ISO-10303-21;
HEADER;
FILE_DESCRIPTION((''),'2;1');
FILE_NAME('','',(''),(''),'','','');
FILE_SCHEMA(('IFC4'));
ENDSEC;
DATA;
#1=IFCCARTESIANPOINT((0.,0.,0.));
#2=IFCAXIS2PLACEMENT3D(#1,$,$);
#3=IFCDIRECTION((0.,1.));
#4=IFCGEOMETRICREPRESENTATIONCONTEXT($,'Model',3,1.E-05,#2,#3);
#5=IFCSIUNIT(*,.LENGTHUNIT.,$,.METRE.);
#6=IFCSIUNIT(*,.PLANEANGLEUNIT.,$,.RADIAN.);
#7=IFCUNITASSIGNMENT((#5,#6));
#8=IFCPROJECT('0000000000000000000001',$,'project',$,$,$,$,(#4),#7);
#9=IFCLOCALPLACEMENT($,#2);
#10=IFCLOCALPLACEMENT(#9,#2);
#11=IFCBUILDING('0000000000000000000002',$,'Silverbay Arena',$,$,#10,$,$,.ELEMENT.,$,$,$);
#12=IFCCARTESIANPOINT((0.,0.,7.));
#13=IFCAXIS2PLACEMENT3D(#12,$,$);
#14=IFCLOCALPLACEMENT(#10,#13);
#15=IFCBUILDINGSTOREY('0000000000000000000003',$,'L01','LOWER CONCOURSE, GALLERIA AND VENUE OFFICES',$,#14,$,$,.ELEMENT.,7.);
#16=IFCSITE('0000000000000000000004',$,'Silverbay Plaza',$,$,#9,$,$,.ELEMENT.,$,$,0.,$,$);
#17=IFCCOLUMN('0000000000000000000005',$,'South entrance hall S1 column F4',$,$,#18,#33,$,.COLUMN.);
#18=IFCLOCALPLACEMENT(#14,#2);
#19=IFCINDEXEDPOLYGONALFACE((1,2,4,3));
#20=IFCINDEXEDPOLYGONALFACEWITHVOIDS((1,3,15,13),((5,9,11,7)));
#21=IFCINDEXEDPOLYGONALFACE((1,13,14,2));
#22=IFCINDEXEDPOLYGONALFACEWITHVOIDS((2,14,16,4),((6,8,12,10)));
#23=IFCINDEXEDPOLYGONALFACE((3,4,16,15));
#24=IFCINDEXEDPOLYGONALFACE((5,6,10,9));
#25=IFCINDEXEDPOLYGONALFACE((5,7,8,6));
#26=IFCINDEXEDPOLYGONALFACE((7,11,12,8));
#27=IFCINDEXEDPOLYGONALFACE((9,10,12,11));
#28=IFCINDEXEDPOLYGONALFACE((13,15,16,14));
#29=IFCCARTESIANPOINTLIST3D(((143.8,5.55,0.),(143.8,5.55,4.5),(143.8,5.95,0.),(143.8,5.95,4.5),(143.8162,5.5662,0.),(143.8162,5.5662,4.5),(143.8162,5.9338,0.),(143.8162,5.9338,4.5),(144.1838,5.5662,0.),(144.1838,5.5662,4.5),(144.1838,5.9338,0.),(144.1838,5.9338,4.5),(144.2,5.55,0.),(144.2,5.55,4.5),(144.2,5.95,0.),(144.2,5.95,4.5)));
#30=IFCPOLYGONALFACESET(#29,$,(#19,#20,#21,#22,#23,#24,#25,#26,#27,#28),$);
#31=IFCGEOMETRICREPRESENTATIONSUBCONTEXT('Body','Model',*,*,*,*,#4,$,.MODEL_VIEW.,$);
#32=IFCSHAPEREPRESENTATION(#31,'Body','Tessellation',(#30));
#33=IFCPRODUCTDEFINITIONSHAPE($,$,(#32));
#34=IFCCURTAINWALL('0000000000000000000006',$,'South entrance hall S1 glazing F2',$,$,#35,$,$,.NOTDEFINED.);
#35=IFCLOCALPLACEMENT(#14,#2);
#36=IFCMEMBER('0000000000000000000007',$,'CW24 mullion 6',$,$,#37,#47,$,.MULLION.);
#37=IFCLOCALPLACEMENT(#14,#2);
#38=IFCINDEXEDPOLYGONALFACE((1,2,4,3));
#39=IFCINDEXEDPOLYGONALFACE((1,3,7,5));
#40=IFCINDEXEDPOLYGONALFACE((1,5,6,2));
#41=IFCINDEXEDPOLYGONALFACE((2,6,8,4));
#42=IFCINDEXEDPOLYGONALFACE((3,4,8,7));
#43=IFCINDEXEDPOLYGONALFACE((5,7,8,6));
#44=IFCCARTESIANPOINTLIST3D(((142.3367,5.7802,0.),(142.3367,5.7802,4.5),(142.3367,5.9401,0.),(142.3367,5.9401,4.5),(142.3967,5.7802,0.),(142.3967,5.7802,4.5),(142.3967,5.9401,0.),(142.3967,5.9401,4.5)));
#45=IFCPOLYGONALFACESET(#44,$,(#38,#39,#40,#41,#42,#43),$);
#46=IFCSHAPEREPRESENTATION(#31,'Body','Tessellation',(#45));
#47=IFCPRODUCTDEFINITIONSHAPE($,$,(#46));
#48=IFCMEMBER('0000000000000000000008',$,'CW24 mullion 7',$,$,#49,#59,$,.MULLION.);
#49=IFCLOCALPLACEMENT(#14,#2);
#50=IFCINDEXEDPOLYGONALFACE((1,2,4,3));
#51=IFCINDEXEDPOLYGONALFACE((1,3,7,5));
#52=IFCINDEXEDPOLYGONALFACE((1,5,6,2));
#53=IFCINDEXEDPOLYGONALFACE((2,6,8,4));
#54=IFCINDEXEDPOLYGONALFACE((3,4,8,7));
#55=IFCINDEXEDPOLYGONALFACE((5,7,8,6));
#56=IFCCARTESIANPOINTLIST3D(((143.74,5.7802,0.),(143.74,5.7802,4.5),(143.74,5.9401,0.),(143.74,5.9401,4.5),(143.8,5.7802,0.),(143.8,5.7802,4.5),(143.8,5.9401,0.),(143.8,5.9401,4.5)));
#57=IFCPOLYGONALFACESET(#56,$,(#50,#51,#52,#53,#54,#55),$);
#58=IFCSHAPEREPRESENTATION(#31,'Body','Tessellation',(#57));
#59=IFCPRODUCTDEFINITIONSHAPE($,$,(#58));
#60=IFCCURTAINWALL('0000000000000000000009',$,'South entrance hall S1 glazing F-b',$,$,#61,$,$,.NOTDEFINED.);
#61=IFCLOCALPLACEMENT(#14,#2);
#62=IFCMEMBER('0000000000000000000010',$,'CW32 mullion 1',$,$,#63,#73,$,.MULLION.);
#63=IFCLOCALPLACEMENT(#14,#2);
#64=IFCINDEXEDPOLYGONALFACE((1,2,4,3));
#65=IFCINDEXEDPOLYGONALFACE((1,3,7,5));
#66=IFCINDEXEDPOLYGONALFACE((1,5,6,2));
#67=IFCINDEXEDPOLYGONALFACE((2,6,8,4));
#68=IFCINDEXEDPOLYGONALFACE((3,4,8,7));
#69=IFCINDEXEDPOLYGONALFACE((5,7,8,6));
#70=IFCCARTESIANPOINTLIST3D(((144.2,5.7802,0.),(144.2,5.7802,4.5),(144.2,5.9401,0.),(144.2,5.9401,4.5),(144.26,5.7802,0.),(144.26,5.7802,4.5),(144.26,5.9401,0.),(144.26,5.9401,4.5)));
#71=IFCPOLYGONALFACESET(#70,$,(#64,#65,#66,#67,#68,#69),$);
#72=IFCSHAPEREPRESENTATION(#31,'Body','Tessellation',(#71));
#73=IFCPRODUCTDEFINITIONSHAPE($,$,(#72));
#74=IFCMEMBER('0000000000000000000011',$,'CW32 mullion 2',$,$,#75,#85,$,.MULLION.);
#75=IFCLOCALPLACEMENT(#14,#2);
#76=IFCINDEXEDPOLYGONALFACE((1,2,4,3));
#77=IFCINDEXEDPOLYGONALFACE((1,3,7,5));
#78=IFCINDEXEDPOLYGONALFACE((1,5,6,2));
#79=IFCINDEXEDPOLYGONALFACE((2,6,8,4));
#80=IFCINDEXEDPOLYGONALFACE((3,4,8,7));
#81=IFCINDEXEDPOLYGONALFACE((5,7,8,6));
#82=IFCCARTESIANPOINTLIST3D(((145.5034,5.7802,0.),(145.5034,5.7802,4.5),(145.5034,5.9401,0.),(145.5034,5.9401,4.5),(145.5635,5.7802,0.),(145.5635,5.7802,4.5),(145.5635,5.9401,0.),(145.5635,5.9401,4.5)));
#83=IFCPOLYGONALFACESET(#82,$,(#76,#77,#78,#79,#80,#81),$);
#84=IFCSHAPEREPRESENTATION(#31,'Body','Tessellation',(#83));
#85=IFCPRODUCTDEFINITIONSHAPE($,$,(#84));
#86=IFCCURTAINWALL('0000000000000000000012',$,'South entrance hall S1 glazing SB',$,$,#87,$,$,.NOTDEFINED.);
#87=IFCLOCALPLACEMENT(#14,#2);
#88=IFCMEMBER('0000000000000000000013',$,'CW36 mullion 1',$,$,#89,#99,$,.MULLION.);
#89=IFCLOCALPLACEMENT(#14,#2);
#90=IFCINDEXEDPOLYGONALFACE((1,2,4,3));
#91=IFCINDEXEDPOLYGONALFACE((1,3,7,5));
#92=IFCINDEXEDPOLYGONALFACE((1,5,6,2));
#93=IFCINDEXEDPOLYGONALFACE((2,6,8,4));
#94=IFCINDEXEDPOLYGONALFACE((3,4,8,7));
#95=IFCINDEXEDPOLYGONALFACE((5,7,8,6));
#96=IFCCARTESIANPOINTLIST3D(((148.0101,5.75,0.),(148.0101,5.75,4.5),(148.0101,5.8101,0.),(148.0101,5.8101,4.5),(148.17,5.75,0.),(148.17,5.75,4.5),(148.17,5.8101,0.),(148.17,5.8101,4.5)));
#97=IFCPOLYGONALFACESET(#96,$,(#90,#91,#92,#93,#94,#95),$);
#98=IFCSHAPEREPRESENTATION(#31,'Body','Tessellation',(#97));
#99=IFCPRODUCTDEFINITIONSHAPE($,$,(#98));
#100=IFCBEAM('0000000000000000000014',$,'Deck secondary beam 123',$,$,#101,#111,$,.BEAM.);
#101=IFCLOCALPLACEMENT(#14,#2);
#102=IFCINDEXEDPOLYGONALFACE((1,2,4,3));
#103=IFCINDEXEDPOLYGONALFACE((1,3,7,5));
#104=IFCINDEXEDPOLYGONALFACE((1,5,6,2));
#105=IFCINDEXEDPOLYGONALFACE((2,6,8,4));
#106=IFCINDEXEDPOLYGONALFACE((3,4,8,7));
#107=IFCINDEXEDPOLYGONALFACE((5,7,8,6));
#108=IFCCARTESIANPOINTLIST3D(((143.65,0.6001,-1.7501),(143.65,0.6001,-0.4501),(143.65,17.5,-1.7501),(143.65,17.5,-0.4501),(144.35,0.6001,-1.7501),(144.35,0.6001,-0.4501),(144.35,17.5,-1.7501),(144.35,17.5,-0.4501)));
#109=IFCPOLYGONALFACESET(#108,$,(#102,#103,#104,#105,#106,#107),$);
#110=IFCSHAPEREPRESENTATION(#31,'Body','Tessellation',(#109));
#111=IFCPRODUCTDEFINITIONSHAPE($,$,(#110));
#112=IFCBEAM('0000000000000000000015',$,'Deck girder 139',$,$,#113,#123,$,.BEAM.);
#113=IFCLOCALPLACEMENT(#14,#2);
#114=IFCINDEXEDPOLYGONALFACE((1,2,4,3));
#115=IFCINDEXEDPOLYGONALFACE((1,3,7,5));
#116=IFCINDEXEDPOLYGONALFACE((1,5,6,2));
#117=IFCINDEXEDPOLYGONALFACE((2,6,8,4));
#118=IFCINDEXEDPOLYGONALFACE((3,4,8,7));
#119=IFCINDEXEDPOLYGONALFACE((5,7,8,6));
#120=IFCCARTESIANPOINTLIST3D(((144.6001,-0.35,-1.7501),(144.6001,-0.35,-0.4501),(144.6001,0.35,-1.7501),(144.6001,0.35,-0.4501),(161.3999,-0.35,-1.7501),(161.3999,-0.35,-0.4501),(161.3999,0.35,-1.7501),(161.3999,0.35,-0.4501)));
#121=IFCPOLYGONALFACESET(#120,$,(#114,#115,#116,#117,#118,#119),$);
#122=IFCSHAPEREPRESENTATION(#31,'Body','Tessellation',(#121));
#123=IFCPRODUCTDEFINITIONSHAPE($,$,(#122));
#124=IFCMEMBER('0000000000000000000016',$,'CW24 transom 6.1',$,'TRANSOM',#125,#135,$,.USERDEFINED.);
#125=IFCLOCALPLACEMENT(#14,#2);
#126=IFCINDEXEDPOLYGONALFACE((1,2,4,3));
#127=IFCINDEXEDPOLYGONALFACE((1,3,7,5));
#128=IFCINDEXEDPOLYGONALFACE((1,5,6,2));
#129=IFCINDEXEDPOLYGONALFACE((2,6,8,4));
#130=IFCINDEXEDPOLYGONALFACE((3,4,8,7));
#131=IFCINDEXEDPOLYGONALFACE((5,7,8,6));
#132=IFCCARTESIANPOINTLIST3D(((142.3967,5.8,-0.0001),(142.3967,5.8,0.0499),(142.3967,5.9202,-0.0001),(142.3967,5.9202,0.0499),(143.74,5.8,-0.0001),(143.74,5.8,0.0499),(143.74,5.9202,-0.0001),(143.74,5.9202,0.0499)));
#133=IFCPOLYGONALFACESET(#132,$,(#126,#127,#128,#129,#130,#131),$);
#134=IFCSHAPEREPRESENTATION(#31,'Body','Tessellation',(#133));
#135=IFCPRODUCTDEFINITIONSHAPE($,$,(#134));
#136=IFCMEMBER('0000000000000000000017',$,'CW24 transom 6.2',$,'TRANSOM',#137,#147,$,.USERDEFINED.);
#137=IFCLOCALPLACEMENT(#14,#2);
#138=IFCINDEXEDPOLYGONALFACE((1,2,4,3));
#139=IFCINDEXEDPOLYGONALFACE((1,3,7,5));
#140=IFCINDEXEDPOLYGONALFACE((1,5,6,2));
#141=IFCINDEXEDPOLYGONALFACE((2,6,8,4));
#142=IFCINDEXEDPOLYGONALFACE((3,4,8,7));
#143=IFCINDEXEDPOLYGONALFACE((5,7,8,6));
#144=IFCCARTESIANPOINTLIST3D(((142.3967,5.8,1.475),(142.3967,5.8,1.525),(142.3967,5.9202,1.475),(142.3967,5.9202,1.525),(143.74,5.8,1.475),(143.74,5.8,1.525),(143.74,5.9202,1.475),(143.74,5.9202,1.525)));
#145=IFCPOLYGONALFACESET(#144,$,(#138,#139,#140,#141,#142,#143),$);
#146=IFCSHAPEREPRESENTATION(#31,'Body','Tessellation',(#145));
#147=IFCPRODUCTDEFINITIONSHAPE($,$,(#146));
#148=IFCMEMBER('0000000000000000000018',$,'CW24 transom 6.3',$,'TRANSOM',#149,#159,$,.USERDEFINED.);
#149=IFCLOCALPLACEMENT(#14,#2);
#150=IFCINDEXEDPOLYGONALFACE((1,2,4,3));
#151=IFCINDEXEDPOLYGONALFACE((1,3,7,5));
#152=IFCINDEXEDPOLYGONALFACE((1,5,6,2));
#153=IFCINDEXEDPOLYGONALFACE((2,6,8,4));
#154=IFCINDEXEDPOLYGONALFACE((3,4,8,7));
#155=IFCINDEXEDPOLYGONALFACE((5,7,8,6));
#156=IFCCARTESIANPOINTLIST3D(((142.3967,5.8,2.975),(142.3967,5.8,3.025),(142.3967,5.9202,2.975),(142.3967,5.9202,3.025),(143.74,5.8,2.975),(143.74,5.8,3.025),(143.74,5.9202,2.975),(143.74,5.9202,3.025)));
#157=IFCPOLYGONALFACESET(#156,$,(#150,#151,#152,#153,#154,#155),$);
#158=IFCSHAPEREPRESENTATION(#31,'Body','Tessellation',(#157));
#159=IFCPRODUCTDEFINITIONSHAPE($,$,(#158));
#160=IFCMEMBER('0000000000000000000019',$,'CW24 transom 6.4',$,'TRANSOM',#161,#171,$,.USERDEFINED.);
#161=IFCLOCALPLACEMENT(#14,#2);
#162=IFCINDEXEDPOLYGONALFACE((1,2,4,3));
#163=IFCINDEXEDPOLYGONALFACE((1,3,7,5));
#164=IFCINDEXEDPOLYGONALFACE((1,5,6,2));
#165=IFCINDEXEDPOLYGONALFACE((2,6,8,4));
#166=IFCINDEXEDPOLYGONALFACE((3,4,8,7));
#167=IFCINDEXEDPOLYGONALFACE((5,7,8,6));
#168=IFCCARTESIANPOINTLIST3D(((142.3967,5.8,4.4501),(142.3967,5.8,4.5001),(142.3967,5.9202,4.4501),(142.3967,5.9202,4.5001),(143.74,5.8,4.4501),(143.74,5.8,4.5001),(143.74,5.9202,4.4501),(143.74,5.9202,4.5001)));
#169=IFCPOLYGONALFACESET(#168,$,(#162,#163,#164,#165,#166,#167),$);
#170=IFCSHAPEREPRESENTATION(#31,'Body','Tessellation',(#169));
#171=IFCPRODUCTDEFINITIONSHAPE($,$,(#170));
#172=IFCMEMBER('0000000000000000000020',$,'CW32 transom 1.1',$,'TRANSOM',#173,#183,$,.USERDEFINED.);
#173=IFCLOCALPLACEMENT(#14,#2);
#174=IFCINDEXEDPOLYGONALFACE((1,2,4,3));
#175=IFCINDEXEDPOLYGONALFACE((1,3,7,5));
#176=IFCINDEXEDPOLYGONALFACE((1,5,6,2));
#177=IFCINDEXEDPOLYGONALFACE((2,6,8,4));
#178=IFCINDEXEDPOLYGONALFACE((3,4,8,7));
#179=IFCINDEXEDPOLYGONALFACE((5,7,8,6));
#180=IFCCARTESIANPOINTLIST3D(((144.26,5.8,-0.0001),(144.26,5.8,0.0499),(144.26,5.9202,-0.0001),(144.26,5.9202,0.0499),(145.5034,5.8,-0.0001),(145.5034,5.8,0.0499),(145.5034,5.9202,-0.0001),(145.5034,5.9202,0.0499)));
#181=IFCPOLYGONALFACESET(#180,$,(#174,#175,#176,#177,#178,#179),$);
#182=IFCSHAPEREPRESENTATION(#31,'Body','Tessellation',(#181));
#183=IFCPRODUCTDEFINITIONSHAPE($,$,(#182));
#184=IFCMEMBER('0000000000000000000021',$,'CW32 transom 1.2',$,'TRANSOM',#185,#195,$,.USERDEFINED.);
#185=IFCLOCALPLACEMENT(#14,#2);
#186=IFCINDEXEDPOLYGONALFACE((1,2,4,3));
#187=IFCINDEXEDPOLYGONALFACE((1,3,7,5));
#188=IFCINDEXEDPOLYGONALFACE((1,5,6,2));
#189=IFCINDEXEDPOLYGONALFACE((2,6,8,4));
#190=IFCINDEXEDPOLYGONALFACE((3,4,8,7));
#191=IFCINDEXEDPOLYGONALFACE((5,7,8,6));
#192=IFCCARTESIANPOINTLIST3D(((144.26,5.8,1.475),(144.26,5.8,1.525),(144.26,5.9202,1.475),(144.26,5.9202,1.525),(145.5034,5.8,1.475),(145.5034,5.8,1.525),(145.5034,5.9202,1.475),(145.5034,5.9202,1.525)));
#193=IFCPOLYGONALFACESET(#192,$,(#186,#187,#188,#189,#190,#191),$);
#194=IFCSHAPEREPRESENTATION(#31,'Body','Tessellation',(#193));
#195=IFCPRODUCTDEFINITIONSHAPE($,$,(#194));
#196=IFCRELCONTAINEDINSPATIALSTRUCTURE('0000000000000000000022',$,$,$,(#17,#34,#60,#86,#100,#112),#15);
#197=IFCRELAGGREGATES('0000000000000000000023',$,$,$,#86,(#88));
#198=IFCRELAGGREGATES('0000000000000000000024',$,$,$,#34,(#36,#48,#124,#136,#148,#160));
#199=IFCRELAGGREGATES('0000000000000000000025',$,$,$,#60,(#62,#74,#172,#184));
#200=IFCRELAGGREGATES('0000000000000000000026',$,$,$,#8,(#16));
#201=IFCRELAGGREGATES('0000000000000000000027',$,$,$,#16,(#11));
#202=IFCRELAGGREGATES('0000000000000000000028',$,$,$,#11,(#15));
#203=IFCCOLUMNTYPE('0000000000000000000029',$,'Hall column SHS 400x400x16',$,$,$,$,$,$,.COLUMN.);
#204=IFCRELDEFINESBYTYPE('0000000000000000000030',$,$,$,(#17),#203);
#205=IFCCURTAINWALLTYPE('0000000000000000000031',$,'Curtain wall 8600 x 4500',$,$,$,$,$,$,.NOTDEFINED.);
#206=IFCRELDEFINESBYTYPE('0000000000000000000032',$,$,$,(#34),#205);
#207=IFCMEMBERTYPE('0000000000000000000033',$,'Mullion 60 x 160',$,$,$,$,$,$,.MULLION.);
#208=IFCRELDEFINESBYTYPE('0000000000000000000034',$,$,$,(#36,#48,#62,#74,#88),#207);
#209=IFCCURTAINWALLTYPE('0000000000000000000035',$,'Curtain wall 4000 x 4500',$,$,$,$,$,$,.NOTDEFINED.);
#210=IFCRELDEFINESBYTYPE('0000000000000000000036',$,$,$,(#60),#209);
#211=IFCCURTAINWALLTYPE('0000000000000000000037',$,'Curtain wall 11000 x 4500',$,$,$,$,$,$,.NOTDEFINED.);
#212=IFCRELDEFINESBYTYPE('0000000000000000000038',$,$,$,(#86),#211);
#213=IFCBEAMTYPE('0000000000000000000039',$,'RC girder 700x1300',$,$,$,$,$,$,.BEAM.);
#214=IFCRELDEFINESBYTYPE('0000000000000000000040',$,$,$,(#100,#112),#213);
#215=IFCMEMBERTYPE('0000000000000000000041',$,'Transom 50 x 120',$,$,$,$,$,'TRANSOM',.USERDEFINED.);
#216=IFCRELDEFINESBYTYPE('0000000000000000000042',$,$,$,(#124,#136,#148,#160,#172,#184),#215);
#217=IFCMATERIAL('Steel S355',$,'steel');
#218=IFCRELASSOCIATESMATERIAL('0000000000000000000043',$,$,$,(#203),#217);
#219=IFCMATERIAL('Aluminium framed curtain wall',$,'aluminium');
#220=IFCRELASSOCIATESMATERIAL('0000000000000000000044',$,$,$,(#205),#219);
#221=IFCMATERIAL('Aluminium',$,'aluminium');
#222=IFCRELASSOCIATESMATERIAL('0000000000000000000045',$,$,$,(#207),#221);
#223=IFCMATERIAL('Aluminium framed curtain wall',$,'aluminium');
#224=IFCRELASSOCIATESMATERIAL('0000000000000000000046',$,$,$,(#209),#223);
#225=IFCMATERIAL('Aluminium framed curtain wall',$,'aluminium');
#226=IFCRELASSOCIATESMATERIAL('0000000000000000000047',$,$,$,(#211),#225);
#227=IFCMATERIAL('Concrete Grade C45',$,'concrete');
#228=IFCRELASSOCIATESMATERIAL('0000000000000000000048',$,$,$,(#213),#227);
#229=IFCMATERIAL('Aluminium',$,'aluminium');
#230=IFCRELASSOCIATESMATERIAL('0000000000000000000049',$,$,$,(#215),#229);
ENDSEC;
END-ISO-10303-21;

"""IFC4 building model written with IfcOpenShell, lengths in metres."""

from ifc_helpers import new_model, si_unit, direction, frame, origin, origin_2d, place, context, subcontext, project, spatial, rectangle, hollow_rectangle, extrude, material, material_profile, profile_set, type_object, element, aggregate, save


model = new_model("IFC4")

# Units and contexts
model_context = context("Model", 3, precision=1e-05, world=origin(), true_north=direction((0.0, 1.0)))
body_context = subcontext(model_context, "Body", "Model", "MODEL_VIEW")
ifc_project = project(units=[si_unit("LENGTHUNIT", "METRE"), si_unit("PLANEANGLEUNIT", "RADIAN")], contexts=[model_context])

# Site, building, storey
site_placement = place(None, origin())
site = spatial("IfcSite", under=ifc_project, at=site_placement, Name="Silverbay Plaza", CompositionType="ELEMENT", RefElevation=0.0)
building_placement = place(site_placement, origin())
building = spatial("IfcBuilding", under=site, at=building_placement, Name="Silverbay Arena", CompositionType="ELEMENT")
storey_placement = place(building_placement, frame((0.0, 0.0, 7.0)))
storey = spatial("IfcBuildingStorey", under=building, at=storey_placement, Name="L01", Description="LOWER CONCOURSE, GALLERIA AND VENUE OFFICES", CompositionType="ELEMENT", Elevation=7.0)

# Column
ifc_material_1 = material(Name="Steel S355", Category="steel")
ifc_material_profile_1 = material_profile(ifc_material_1, hollow_rectangle(XDim=0.3999, YDim=0.3999, WallThickness=0.0161, at=origin_2d()), Name="SHS 400x400x16")
ifc_profile_set_1 = profile_set([ifc_material_profile_1], Name="Steel S355")
column_type = type_object("IfcColumnType", Name="Hall column SHS 400x400x16", PredefinedType="COLUMN", material=ifc_profile_set_1)
column_placement = place(storey_placement, frame((144.0, 5.75, 0.0), z_axis=(0.0, 0.0, 1.0), x_axis=(1.0, 0.0, 0.0)))
element("IfcColumn", 1, at=column_placement, inside=storey, type_object=column_type, Name="South entrance hall S1 column F4", PredefinedType="COLUMN", context=body_context, shape_type="SweptSolid", body=[
    extrude(hollow_rectangle(XDim=0.3999, YDim=0.3999, WallThickness=0.0161, at=origin_2d()), origin(), (0.0, 0.0, 1.0), 4.5),
])

# Curtain walls, members
ifc_material_2 = material(Name="Aluminium framed curtain wall", Category="aluminium")
curtain_wall_type_1 = type_object("IfcCurtainWallType", Name="Curtain wall 8600 x 4500", PredefinedType="NOTDEFINED", material=ifc_material_2)
curtain_wall_1_placement = place(storey_placement, origin())
curtain_wall_1 = element("IfcCurtainWall", 2, at=curtain_wall_1_placement, inside=storey, type_object=curtain_wall_type_1, Name="South entrance hall S1 glazing F2", PredefinedType="NOTDEFINED")
ifc_material_3 = material(Name="Aluminium", Category="aluminium")
ifc_material_profile_2 = material_profile(ifc_material_3, rectangle(XDim=0.1599, YDim=0.0601, at=origin_2d()), Name="Mullion 60 x 160")
ifc_profile_set_2 = profile_set([ifc_material_profile_2], Name="Aluminium")
member_type_1 = type_object("IfcMemberType", Name="Mullion 60 x 160", PredefinedType="MULLION", material=ifc_profile_set_2)
member_1_placement = place(storey_placement, frame((142.3667, 5.8601, 0.0), z_axis=(0.0, 0.0, 1.0), x_axis=(0.0, 1.0, 0.0)))
member_1 = element("IfcMember", 3, at=member_1_placement, type_object=member_type_1, Name="CW24 mullion 6", PredefinedType="MULLION", context=body_context, shape_type="SweptSolid", body=[
    extrude(rectangle(XDim=0.1599, YDim=0.0601, at=origin_2d()), origin(), (0.0, 0.0, 1.0), 4.5),
])
member_2_placement = place(storey_placement, frame((143.77, 5.8601, 0.0), z_axis=(0.0, 0.0, 1.0), x_axis=(0.0, 1.0, 0.0)))
member_2 = element("IfcMember", 4, at=member_2_placement, type_object=member_type_1, Name="CW24 mullion 7", PredefinedType="MULLION", context=body_context, shape_type="SweptSolid", body=[
    extrude(rectangle(XDim=0.1599, YDim=0.0601, at=origin_2d()), origin(), (0.0, 0.0, 1.0), 4.5),
])
ifc_material_4 = material(Name="Aluminium framed curtain wall", Category="aluminium")
curtain_wall_type_2 = type_object("IfcCurtainWallType", Name="Curtain wall 4000 x 4500", PredefinedType="NOTDEFINED", material=ifc_material_4)
curtain_wall_2_placement = place(storey_placement, origin())
curtain_wall_2 = element("IfcCurtainWall", 5, at=curtain_wall_2_placement, inside=storey, type_object=curtain_wall_type_2, Name="South entrance hall S1 glazing F-b", PredefinedType="NOTDEFINED")
member_3_placement = place(storey_placement, frame((144.23, 5.8601, 0.0), z_axis=(0.0, 0.0, 1.0), x_axis=(0.0, 1.0, 0.0)))
member_3 = element("IfcMember", 6, at=member_3_placement, type_object=member_type_1, Name="CW32 mullion 1", PredefinedType="MULLION", context=body_context, shape_type="SweptSolid", body=[
    extrude(rectangle(XDim=0.1599, YDim=0.0601, at=origin_2d()), origin(), (0.0, 0.0, 1.0), 4.5),
])
member_4_placement = place(storey_placement, frame((145.5334, 5.8601, 0.0), z_axis=(0.0, 0.0, 1.0), x_axis=(0.0, 1.0, 0.0)))
member_4 = element("IfcMember", 7, at=member_4_placement, type_object=member_type_1, Name="CW32 mullion 2", PredefinedType="MULLION", context=body_context, shape_type="SweptSolid", body=[
    extrude(rectangle(XDim=0.1599, YDim=0.0601, at=origin_2d()), origin(), (0.0, 0.0, 1.0), 4.5),
])

# Curtain wall, member
ifc_material_5 = material(Name="Aluminium framed curtain wall", Category="aluminium")
curtain_wall_type_3 = type_object("IfcCurtainWallType", Name="Curtain wall 11000 x 4500", PredefinedType="NOTDEFINED", material=ifc_material_5)
curtain_wall_3_placement = place(storey_placement, origin())
curtain_wall_3 = element("IfcCurtainWall", 8, at=curtain_wall_3_placement, inside=storey, type_object=curtain_wall_type_3, Name="South entrance hall S1 glazing SB", PredefinedType="NOTDEFINED")
member_5_placement = place(storey_placement, frame((148.0901, 5.78, 0.0), z_axis=(0.0, 0.0, 1.0), x_axis=(-1.0, 0.0, 0.0)))
member_5 = element("IfcMember", 9, at=member_5_placement, type_object=member_type_1, Name="CW36 mullion 1", PredefinedType="MULLION", context=body_context, shape_type="SweptSolid", body=[
    extrude(rectangle(XDim=0.1599, YDim=0.0601, at=origin_2d()), origin(), (0.0, 0.0, 1.0), 4.5),
])

# Beams
ifc_material_6 = material(Name="Concrete Grade C45", Category="concrete")
ifc_material_profile_3 = material_profile(ifc_material_6, rectangle(XDim=0.7, YDim=1.3, at=origin_2d()), Name="RC 700x1300")
ifc_profile_set_3 = profile_set([ifc_material_profile_3], Name="Concrete Grade C45")
beam_type = type_object("IfcBeamType", Name="RC girder 700x1300", PredefinedType="BEAM", material=ifc_profile_set_3)
beam_1_placement = place(storey_placement, frame((144.0, 0.6001, -1.1001), z_axis=(0.0, 1.0, 0.0), x_axis=(-1.0, 0.0, 0.0)))
element("IfcBeam", 10, at=beam_1_placement, inside=storey, type_object=beam_type, Name="Deck secondary beam 123", PredefinedType="BEAM", context=body_context, shape_type="SweptSolid", body=[
    extrude(rectangle(XDim=0.7, YDim=1.3, at=origin_2d()), origin(), (0.0, 0.0, 1.0), 16.8999),
])
beam_2_placement = place(storey_placement, frame((144.6001, 0.0, -1.1001), z_axis=(1.0, 0.0, 0.0), x_axis=(0.0, 1.0, 0.0)))
element("IfcBeam", 11, at=beam_2_placement, inside=storey, type_object=beam_type, Name="Deck girder 139", PredefinedType="BEAM", context=body_context, shape_type="SweptSolid", body=[
    extrude(rectangle(XDim=0.7, YDim=1.3, at=origin_2d()), origin(), (0.0, 0.0, 1.0), 16.7998),
])

# Members
ifc_material_7 = material(Name="Aluminium", Category="aluminium")
ifc_material_profile_4 = material_profile(ifc_material_7, rectangle(XDim=0.1201, YDim=0.05, at=origin_2d()), Name="Transom 50 x 120")
ifc_profile_set_4 = profile_set([ifc_material_profile_4], Name="Aluminium")
member_type_2 = type_object("IfcMemberType", Name="Transom 50 x 120", ElementType="TRANSOM", PredefinedType="USERDEFINED", material=ifc_profile_set_4)
member_6_placement = place(storey_placement, frame((142.3967, 5.8601, 0.0249), z_axis=(1.0, 0.0, 0.0), x_axis=(0.0, 1.0, 0.0)))
member_6 = element("IfcMember", 12, at=member_6_placement, type_object=member_type_2, Name="CW24 transom 6.1", ObjectType="TRANSOM", PredefinedType="USERDEFINED", context=body_context, shape_type="SweptSolid", body=[
    extrude(rectangle(XDim=0.1201, YDim=0.05, at=origin_2d()), origin(), (0.0, 0.0, 1.0), 1.3433),
])
member_7_placement = place(storey_placement, frame((142.3967, 5.8601, 1.5), z_axis=(1.0, 0.0, 0.0), x_axis=(0.0, 1.0, 0.0)))
member_7 = element("IfcMember", 13, at=member_7_placement, type_object=member_type_2, Name="CW24 transom 6.2", ObjectType="TRANSOM", PredefinedType="USERDEFINED", context=body_context, shape_type="SweptSolid", body=[
    extrude(rectangle(XDim=0.1201, YDim=0.05, at=origin_2d()), origin(), (0.0, 0.0, 1.0), 1.3433),
])
member_8_placement = place(storey_placement, frame((142.3967, 5.8601, 3.0), z_axis=(1.0, 0.0, 0.0), x_axis=(0.0, 1.0, 0.0)))
member_8 = element("IfcMember", 14, at=member_8_placement, type_object=member_type_2, Name="CW24 transom 6.3", ObjectType="TRANSOM", PredefinedType="USERDEFINED", context=body_context, shape_type="SweptSolid", body=[
    extrude(rectangle(XDim=0.1201, YDim=0.05, at=origin_2d()), origin(), (0.0, 0.0, 1.0), 1.3433),
])
member_9_placement = place(storey_placement, frame((142.3967, 5.8601, 4.4751), z_axis=(1.0, 0.0, 0.0), x_axis=(0.0, 1.0, 0.0)))
member_9 = element("IfcMember", 15, at=member_9_placement, type_object=member_type_2, Name="CW24 transom 6.4", ObjectType="TRANSOM", PredefinedType="USERDEFINED", context=body_context, shape_type="SweptSolid", body=[
    extrude(rectangle(XDim=0.1201, YDim=0.05, at=origin_2d()), origin(), (0.0, 0.0, 1.0), 1.3433),
])
member_10_placement = place(storey_placement, frame((144.26, 5.8601, 0.0249), z_axis=(1.0, 0.0, 0.0), x_axis=(0.0, 1.0, 0.0)))
member_10 = element("IfcMember", 16, at=member_10_placement, type_object=member_type_2, Name="CW32 transom 1.1", ObjectType="TRANSOM", PredefinedType="USERDEFINED", context=body_context, shape_type="SweptSolid", body=[
    extrude(rectangle(XDim=0.1201, YDim=0.05, at=origin_2d()), origin(), (0.0, 0.0, 1.0), 1.2434),
])
member_11_placement = place(storey_placement, frame((144.26, 5.8601, 1.5), z_axis=(1.0, 0.0, 0.0), x_axis=(0.0, 1.0, 0.0)))
member_11 = element("IfcMember", 17, at=member_11_placement, type_object=member_type_2, Name="CW32 transom 1.2", ObjectType="TRANSOM", PredefinedType="USERDEFINED", context=body_context, shape_type="SweptSolid", body=[
    extrude(rectangle(XDim=0.1201, YDim=0.05, at=origin_2d()), origin(), (0.0, 0.0, 1.0), 1.2434),
])
aggregate(curtain_wall_3, [member_5])

aggregate(curtain_wall_1, [member_1, member_2, member_6, member_7, member_8, member_9])
aggregate(curtain_wall_2, [member_3, member_4, member_10, member_11])

save(model, "model.ifc")
